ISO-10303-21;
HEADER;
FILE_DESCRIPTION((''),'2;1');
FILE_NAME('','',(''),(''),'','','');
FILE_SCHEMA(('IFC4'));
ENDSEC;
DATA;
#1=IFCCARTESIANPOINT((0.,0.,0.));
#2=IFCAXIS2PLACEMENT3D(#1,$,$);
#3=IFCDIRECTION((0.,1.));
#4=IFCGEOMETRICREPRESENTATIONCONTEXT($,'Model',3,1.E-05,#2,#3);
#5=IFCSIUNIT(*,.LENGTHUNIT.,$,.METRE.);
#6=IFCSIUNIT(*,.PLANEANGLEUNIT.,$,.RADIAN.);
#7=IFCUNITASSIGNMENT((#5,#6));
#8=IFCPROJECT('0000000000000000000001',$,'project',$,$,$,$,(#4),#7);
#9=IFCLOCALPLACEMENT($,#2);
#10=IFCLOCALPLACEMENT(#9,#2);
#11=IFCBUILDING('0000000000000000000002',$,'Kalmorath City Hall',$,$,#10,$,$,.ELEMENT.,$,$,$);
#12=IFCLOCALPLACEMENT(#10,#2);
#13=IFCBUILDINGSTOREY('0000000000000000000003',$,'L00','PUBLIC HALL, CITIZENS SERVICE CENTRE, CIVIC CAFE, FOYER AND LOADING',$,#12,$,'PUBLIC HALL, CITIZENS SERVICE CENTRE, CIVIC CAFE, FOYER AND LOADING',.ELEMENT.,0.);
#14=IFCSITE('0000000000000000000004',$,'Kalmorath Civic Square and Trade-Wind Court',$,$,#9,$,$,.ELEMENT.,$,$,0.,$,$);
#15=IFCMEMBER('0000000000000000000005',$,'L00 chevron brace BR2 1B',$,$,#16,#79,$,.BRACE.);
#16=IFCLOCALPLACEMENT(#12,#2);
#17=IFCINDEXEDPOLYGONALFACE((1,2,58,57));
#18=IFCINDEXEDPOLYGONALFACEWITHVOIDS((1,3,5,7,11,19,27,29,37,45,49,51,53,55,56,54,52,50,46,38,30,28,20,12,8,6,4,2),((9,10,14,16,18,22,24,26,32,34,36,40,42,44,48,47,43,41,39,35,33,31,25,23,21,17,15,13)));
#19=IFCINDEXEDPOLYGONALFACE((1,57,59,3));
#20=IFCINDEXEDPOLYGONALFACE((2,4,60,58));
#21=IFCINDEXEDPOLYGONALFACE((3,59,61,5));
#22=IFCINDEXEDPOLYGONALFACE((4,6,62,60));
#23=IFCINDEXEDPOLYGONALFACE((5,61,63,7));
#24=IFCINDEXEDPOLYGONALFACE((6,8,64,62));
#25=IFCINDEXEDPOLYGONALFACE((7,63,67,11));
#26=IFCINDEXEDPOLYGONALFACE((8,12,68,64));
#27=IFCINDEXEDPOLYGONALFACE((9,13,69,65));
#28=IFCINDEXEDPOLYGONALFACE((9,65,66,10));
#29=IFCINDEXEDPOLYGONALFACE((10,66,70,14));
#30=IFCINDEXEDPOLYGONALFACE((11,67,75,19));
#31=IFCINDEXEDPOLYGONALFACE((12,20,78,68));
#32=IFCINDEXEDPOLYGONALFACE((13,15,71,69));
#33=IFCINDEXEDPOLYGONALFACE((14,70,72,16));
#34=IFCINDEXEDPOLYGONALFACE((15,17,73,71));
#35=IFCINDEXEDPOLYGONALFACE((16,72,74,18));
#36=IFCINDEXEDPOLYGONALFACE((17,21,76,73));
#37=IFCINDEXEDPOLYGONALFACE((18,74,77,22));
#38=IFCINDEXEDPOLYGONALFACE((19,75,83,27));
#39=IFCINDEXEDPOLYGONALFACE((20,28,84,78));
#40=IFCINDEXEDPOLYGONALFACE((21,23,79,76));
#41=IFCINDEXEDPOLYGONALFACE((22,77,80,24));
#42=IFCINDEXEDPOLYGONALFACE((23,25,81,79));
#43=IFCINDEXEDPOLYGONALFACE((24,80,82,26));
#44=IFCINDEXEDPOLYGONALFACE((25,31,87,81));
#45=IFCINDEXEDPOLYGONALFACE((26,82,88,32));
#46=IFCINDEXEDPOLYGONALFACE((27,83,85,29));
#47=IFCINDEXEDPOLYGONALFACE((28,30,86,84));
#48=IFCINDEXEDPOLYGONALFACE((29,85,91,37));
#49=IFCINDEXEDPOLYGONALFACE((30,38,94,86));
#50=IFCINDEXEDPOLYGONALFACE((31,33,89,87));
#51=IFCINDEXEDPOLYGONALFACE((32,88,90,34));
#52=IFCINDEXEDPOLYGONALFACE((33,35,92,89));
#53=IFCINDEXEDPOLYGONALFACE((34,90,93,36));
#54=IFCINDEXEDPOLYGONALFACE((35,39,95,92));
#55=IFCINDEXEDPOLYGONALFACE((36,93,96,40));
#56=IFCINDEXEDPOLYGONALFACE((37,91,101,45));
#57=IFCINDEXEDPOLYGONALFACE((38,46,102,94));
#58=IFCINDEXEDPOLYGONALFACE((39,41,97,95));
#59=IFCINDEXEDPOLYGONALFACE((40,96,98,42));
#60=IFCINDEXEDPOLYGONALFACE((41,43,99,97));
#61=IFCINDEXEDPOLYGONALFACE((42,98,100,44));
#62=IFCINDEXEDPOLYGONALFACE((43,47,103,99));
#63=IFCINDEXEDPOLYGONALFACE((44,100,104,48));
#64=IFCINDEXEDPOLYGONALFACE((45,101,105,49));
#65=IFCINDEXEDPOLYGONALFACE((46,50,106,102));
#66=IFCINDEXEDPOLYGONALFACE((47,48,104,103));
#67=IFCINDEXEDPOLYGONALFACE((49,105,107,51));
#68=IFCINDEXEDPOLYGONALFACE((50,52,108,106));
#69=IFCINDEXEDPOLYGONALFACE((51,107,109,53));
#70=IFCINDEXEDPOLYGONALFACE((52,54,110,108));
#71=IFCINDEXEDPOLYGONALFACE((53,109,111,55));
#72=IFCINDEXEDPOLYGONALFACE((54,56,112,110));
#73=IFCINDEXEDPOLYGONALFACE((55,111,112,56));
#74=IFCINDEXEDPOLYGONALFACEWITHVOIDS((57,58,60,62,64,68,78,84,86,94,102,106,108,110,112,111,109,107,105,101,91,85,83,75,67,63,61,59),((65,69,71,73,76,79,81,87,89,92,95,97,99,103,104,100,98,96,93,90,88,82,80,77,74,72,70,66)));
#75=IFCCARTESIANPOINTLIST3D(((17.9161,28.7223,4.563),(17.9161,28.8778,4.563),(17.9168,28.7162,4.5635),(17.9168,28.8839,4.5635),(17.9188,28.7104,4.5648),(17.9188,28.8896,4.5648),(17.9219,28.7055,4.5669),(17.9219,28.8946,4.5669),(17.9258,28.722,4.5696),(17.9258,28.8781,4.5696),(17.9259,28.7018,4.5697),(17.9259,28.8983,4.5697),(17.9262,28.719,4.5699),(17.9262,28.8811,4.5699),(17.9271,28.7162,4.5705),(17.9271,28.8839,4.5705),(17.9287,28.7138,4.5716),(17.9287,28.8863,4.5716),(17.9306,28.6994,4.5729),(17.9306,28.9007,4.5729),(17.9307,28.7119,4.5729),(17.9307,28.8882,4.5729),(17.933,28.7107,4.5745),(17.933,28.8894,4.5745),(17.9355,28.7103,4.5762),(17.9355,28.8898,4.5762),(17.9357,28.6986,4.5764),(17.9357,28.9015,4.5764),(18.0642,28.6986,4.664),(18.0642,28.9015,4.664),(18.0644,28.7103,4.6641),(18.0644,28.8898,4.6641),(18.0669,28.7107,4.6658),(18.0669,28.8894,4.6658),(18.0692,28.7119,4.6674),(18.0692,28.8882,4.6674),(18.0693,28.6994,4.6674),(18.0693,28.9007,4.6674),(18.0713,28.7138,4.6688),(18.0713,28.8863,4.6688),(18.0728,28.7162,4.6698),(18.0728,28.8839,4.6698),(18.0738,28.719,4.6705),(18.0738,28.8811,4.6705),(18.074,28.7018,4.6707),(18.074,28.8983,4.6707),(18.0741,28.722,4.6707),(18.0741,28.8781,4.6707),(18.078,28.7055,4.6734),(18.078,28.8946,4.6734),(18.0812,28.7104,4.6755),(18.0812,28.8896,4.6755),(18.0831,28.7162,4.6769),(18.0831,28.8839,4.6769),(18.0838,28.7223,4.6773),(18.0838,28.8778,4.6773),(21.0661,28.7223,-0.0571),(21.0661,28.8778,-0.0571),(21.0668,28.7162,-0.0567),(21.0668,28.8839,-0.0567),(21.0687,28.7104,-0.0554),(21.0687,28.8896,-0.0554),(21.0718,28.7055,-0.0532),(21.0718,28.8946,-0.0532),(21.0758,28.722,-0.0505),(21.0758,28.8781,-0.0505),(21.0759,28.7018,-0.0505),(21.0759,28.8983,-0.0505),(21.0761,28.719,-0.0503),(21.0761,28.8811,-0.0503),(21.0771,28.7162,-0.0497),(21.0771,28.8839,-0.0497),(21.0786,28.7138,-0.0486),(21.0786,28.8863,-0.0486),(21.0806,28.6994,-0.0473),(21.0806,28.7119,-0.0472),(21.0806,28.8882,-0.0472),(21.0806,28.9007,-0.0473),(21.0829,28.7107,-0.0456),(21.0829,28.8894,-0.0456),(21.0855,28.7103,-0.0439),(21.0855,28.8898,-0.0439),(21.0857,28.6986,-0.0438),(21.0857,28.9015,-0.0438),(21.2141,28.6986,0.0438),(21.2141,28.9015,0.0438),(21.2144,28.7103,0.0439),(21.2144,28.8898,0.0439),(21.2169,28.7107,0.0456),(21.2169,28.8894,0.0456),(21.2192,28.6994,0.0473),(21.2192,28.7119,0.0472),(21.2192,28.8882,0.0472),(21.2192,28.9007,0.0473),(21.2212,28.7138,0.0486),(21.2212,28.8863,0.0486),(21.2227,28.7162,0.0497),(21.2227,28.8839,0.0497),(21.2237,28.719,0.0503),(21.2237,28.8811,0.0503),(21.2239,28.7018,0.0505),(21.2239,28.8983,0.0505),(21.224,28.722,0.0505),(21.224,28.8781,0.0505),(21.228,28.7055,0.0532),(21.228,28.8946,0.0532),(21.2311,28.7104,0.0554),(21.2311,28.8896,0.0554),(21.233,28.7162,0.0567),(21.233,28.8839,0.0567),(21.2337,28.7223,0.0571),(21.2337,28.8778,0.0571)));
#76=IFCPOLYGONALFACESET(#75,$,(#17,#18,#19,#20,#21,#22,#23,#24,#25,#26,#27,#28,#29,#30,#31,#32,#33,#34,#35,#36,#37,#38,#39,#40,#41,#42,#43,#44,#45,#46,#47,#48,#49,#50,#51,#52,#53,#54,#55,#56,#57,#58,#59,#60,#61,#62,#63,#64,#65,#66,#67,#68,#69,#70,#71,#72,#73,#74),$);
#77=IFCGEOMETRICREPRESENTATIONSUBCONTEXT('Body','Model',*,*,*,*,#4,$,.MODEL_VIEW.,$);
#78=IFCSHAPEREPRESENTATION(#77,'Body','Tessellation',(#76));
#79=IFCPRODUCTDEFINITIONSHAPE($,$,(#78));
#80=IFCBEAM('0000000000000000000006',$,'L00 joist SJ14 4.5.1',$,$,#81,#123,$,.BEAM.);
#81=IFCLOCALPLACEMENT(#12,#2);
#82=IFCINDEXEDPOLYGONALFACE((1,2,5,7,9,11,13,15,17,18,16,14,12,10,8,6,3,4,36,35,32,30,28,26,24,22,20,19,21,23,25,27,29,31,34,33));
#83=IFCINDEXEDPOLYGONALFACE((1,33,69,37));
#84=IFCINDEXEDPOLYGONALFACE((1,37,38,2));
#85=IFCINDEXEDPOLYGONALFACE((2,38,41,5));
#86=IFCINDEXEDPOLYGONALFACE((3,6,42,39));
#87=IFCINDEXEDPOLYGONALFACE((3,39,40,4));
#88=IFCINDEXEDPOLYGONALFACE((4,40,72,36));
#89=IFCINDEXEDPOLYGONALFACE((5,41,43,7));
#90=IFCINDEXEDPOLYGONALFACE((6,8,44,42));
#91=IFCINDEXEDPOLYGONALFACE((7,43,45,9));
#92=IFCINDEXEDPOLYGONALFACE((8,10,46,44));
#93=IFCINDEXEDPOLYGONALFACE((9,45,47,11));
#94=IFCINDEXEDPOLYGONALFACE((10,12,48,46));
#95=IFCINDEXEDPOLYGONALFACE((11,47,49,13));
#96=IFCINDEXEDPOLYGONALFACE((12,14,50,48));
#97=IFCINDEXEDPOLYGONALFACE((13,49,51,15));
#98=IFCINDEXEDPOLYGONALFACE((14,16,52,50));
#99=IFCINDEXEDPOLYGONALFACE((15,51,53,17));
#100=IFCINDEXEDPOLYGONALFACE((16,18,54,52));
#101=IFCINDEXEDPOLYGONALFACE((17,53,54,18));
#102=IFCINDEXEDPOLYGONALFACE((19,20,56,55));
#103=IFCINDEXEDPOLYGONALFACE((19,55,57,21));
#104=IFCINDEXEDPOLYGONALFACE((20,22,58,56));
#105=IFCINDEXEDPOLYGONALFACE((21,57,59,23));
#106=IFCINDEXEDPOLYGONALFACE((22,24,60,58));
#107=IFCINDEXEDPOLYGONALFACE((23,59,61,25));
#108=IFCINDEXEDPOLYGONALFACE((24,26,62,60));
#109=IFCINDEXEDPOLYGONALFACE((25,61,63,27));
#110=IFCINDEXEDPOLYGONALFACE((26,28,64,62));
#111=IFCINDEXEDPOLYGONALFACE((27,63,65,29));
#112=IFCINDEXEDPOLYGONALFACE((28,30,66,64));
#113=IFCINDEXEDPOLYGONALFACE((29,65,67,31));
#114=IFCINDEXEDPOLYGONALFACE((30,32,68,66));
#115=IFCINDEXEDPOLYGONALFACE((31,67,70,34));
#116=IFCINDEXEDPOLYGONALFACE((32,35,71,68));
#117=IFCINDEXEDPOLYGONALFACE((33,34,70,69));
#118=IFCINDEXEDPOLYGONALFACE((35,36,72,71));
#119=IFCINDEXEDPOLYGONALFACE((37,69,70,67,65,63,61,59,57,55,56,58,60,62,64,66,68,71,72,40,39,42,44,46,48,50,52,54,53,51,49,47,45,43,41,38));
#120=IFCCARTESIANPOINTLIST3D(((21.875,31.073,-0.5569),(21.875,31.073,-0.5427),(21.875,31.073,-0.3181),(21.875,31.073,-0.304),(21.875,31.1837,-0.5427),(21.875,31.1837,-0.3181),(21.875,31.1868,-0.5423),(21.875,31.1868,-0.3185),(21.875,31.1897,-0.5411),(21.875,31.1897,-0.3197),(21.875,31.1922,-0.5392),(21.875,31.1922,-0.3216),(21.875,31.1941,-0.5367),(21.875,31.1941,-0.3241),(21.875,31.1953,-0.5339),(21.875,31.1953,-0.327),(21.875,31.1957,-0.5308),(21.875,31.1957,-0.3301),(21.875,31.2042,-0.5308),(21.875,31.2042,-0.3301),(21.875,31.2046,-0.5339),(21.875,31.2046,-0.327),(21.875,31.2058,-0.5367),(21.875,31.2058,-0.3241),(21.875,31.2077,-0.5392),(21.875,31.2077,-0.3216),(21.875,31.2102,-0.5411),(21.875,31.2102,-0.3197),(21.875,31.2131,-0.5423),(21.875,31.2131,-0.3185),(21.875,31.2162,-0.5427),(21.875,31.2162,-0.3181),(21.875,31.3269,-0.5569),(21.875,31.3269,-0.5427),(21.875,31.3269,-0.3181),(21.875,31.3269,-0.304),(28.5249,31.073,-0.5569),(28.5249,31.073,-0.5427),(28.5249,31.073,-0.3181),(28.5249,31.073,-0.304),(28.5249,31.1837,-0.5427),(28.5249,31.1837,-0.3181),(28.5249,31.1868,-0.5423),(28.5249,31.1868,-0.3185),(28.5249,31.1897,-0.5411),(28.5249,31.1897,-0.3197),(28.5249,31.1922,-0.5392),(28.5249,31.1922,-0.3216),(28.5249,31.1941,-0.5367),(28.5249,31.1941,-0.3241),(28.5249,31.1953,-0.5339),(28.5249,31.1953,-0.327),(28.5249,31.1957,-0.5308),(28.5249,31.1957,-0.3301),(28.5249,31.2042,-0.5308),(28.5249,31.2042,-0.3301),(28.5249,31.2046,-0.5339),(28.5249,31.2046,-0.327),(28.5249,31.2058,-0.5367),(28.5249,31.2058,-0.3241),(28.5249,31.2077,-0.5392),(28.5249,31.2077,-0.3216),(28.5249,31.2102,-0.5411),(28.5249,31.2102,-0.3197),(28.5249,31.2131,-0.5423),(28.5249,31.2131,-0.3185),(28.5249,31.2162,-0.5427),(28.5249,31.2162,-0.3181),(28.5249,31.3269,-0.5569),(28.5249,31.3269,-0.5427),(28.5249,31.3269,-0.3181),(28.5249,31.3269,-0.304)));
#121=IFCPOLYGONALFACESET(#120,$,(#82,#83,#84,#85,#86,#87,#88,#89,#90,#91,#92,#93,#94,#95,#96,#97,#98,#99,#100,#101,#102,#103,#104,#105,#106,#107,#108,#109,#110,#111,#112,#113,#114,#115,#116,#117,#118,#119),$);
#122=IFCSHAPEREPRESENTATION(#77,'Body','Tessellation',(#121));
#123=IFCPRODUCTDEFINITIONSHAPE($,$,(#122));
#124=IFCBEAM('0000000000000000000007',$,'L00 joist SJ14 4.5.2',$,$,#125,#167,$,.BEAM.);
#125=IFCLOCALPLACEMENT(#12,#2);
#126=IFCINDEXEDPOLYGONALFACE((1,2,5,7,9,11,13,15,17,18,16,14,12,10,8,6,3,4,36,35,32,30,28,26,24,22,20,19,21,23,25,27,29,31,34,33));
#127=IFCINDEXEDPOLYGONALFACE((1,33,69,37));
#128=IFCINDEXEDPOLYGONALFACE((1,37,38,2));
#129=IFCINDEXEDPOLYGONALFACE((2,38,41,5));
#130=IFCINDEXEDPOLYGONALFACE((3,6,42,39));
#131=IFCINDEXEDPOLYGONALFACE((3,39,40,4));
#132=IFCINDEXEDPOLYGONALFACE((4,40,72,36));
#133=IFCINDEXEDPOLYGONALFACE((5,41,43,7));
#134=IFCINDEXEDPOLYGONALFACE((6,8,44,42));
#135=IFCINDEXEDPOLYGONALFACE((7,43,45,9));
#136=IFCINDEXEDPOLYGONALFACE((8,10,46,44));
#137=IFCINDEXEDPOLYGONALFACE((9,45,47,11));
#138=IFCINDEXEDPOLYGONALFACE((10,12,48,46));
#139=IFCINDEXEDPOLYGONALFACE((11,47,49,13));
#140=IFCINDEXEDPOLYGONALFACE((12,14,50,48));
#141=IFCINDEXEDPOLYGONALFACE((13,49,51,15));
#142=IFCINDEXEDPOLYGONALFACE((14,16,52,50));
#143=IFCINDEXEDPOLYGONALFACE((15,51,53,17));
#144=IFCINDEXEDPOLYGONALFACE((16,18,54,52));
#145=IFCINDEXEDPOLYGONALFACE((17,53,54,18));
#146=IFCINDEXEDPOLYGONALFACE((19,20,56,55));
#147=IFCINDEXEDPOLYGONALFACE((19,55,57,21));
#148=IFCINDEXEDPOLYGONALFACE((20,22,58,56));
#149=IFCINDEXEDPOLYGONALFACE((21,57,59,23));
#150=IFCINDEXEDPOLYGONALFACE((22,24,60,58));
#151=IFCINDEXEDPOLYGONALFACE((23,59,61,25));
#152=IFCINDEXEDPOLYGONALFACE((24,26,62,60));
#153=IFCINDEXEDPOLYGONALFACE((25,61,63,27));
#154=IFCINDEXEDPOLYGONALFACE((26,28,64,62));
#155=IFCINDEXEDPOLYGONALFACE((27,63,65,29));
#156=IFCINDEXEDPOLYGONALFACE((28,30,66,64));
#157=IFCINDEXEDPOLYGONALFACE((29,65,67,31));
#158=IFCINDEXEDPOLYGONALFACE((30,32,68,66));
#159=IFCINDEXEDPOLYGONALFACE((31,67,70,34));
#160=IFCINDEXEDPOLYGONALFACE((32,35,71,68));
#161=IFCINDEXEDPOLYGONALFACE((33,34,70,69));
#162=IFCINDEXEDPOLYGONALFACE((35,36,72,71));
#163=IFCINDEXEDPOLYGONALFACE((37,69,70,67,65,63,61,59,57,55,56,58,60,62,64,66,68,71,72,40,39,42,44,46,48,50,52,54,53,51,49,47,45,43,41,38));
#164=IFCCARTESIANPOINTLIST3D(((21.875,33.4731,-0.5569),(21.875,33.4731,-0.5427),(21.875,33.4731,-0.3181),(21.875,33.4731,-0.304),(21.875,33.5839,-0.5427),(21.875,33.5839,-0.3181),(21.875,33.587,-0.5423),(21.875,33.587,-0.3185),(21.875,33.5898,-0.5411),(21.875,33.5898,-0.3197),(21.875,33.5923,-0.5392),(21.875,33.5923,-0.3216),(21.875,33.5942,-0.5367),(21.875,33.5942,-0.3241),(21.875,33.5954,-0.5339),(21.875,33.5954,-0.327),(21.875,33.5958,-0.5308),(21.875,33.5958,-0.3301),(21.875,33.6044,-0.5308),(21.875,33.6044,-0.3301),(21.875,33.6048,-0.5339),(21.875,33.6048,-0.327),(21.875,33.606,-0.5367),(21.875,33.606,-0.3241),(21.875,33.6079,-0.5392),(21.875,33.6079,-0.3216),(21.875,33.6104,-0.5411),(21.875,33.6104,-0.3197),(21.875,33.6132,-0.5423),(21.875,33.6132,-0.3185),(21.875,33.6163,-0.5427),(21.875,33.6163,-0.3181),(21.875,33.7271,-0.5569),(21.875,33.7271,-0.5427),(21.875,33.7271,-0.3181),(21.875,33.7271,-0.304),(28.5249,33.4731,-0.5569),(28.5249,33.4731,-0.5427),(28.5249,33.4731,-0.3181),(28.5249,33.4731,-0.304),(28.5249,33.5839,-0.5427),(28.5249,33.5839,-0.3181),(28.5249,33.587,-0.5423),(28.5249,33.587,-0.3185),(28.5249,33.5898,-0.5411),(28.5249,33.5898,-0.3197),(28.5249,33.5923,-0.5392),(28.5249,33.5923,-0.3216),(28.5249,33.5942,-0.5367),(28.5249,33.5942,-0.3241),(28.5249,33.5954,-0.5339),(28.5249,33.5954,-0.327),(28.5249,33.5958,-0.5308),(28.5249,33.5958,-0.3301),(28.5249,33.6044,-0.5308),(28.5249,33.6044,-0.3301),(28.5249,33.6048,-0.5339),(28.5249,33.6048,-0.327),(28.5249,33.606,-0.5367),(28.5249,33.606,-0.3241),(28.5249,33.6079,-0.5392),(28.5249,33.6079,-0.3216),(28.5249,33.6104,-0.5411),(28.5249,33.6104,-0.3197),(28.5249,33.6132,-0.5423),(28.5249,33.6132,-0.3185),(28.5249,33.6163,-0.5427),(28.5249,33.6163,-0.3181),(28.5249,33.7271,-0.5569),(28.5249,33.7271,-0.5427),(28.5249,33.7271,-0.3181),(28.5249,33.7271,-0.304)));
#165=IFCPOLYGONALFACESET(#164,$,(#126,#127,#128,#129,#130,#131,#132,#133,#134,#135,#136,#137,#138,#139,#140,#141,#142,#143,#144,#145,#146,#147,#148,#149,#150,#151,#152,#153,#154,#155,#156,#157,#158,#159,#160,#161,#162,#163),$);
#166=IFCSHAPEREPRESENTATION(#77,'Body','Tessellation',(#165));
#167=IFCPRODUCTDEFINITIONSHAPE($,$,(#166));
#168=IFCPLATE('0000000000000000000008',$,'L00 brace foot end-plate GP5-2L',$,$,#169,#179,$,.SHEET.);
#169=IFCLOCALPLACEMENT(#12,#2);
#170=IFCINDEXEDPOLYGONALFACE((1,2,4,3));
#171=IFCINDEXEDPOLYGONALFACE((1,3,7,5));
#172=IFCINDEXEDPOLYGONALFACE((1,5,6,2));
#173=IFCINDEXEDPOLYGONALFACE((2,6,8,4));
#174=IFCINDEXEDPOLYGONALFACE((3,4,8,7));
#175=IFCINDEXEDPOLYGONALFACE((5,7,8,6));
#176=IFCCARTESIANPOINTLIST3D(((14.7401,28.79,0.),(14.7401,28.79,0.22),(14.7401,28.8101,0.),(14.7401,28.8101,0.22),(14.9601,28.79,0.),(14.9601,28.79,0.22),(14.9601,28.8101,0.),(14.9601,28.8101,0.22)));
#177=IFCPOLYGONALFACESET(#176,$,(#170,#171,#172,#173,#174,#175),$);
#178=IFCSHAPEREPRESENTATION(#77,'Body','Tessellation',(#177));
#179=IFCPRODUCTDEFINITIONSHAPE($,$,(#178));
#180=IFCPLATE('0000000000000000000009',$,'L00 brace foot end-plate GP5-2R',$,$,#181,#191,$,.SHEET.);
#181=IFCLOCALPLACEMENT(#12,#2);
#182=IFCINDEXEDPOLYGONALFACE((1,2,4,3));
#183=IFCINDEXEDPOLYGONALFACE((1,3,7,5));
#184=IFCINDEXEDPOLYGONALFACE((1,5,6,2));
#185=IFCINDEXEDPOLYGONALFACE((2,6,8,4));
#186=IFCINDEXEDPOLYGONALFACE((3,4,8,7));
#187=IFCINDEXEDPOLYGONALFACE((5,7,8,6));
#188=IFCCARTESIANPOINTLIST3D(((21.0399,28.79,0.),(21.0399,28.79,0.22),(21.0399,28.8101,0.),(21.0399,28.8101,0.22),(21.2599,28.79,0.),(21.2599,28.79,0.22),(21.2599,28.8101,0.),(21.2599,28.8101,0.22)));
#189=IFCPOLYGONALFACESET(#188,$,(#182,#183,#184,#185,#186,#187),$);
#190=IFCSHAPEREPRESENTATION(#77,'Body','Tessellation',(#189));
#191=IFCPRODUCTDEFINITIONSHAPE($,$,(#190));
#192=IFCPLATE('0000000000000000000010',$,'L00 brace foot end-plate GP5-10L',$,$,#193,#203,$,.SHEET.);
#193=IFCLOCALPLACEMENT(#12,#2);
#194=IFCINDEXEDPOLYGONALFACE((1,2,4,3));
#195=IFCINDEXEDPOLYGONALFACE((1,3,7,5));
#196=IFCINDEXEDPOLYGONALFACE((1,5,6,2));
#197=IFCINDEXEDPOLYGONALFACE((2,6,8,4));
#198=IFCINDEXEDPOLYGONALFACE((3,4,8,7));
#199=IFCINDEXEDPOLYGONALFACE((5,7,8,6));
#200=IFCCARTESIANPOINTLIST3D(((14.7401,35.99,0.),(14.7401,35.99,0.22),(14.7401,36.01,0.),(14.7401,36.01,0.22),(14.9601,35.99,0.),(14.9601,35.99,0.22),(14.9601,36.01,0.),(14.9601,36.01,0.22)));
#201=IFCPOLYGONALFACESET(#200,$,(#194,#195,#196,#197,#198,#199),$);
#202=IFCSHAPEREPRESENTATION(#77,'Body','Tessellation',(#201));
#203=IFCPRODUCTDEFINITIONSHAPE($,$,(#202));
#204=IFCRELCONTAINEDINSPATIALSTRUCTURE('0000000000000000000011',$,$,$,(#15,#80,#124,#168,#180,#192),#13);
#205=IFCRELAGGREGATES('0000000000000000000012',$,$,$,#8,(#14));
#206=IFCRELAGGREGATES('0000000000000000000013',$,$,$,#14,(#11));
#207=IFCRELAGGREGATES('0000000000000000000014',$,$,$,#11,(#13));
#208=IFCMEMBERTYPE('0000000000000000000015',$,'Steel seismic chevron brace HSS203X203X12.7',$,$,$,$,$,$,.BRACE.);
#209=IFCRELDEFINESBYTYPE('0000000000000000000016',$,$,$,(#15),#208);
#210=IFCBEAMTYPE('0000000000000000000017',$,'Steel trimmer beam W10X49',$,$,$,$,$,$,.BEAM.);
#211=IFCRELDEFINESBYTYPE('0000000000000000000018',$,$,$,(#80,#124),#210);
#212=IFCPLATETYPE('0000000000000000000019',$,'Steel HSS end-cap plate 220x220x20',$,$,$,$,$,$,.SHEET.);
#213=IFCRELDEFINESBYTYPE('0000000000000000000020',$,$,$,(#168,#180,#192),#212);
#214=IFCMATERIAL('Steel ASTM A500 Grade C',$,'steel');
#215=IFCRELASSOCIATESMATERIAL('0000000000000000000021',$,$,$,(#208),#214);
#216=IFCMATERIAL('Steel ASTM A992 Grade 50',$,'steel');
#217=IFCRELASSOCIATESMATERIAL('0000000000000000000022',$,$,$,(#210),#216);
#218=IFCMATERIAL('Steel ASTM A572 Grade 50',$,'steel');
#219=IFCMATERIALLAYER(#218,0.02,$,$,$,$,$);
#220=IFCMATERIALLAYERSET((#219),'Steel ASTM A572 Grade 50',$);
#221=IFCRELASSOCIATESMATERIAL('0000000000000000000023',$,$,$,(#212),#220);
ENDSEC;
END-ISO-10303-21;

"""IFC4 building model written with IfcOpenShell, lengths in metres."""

from ifc_helpers import new_model, si_unit, direction, frame, origin, origin_2d, place, context, subcontext, project, spatial, rectangle, hollow_rectangle, i_section, extrude, material, layer, layer_set, material_profile, profile_set, type_object, element, save


model = new_model("IFC4")

# Units and contexts
model_context = context("Model", 3, precision=1e-05, world=origin(), true_north=direction((0.0, 1.0)))
body_context = subcontext(model_context, "Body", "Model", "MODEL_VIEW")
ifc_project = project(units=[si_unit("LENGTHUNIT", "METRE"), si_unit("PLANEANGLEUNIT", "RADIAN")], contexts=[model_context])

# Site, building, storey
site_placement = place(None, origin())
site = spatial("IfcSite", under=ifc_project, at=site_placement, Name="Kalmorath Civic Square and Trade-Wind Court", CompositionType="ELEMENT", RefElevation=0.0)
building_placement = place(site_placement, origin())
building = spatial("IfcBuilding", under=site, at=building_placement, Name="Kalmorath City Hall", CompositionType="ELEMENT")
storey_placement = place(building_placement, origin())
storey = spatial("IfcBuildingStorey", under=building, at=storey_placement, Name="L00", Description="PUBLIC HALL, CITIZENS SERVICE CENTRE, CIVIC CAFE, FOYER AND LOADING", LongName="PUBLIC HALL, CITIZENS SERVICE CENTRE, CIVIC CAFE, FOYER AND LOADING", CompositionType="ELEMENT", Elevation=0.0)

# Member
ifc_material_1 = material(Name="Steel ASTM A500 Grade C", Category="steel")
ifc_material_profile_1 = material_profile(ifc_material_1, hollow_rectangle(XDim=0.2029, YDim=0.2029, WallThickness=0.0117, InnerFilletRadius=0.0117, OuterFilletRadius=0.0237, at=origin_2d()), Name="HSS203X203X12.7")
ifc_profile_set_1 = profile_set([ifc_material_profile_1], Name="Steel ASTM A500 Grade C")
member_type_1 = type_object("IfcMemberType", Name="Steel seismic chevron brace HSS203X203X12.7", PredefinedType="BRACE", material=ifc_profile_set_1)
for number, where, z_axis, x_axis, name in (
    (1, (21.1499, 28.8, 0.0), (-0.563315, 0.0, 0.826242), (0.0, -1.0, 0.0), "L00 chevron brace BR2 1B"),
):
    element("IfcMember", number, at=place(storey_placement, frame(where, z_axis=z_axis, x_axis=x_axis)), inside=storey, type_object=member_type_1, Name=name, PredefinedType="BRACE", context=body_context, shape_type="SweptSolid", body=[
        extrude(hollow_rectangle(XDim=0.2029, YDim=0.2029, WallThickness=0.0117, InnerFilletRadius=0.0117, OuterFilletRadius=0.0237, at=origin_2d()), origin(), (0.0, 0.0, 1.0), 5.5918),
    ])

# Beams
ifc_material_2 = material(Name="Steel ASTM A992 Grade 50", Category="steel")
ifc_material_profile_2 = material_profile(ifc_material_2, i_section(OverallWidth=0.2539, OverallDepth=0.2529, WebThickness=0.0085, FlangeThickness=0.0142, FilletRadius=0.012, at=origin_2d()), Name="W10X49")
ifc_profile_set_2 = profile_set([ifc_material_profile_2], Name="Steel ASTM A992 Grade 50")
beam_type_1 = type_object("IfcBeamType", Name="Steel trimmer beam W10X49", PredefinedType="BEAM", material=ifc_profile_set_2)
for number, where, z_axis, x_axis, name in (
    (2, (21.875, 31.2, -0.4304), (1.0, 0.0, 0.0), (0.0, 1.0, 0.0), "L00 joist SJ14 4.5.1"),
    (3, (21.875, 33.6001, -0.4304), (1.0, 0.0, 0.0), (0.0, 1.0, 0.0), "L00 joist SJ14 4.5.2"),
):
    element("IfcBeam", number, at=place(storey_placement, frame(where, z_axis=z_axis, x_axis=x_axis)), inside=storey, type_object=beam_type_1, Name=name, PredefinedType="BEAM", context=body_context, shape_type="SweptSolid", body=[
        extrude(i_section(OverallWidth=0.2539, OverallDepth=0.2529, WebThickness=0.0085, FlangeThickness=0.0142, FilletRadius=0.012, at=origin_2d()), origin(), (0.0, 0.0, 1.0), 6.6499),
    ])

# Plates
ifc_material_3 = material(Name="Steel ASTM A572 Grade 50", Category="steel")
ifc_layer_1 = layer(ifc_material_3, 0.02)
ifc_layer_set_1 = layer_set([ifc_layer_1], Name="Steel ASTM A572 Grade 50")
plate_type_1 = type_object("IfcPlateType", Name="Steel HSS end-cap plate 220x220x20", PredefinedType="SHEET", material=ifc_layer_set_1)
for number, where, z_axis, x_axis, name in (
    (4, (14.8501, 28.8, 0.0), (0.0, 0.0, 1.0), (1.0, 0.0, 0.0), "L00 brace foot end-plate GP5-2L"),
    (5, (21.1499, 28.8, 0.0), (0.0, 0.0, 1.0), (1.0, 0.0, 0.0), "L00 brace foot end-plate GP5-2R"),
    (6, (14.8501, 36.0, 0.0), (0.0, 0.0, 1.0), (1.0, 0.0, 0.0), "L00 brace foot end-plate GP5-10L"),
):
    element("IfcPlate", number, at=place(storey_placement, frame(where, z_axis=z_axis, x_axis=x_axis)), inside=storey, type_object=plate_type_1, Name=name, PredefinedType="SHEET", context=body_context, shape_type="SweptSolid", body=[
        extrude(rectangle(XDim=0.22, YDim=0.02, at=origin_2d()), origin(), (0.0, 0.0, 1.0), 0.22),
    ])

save(model, "model.ifc")
